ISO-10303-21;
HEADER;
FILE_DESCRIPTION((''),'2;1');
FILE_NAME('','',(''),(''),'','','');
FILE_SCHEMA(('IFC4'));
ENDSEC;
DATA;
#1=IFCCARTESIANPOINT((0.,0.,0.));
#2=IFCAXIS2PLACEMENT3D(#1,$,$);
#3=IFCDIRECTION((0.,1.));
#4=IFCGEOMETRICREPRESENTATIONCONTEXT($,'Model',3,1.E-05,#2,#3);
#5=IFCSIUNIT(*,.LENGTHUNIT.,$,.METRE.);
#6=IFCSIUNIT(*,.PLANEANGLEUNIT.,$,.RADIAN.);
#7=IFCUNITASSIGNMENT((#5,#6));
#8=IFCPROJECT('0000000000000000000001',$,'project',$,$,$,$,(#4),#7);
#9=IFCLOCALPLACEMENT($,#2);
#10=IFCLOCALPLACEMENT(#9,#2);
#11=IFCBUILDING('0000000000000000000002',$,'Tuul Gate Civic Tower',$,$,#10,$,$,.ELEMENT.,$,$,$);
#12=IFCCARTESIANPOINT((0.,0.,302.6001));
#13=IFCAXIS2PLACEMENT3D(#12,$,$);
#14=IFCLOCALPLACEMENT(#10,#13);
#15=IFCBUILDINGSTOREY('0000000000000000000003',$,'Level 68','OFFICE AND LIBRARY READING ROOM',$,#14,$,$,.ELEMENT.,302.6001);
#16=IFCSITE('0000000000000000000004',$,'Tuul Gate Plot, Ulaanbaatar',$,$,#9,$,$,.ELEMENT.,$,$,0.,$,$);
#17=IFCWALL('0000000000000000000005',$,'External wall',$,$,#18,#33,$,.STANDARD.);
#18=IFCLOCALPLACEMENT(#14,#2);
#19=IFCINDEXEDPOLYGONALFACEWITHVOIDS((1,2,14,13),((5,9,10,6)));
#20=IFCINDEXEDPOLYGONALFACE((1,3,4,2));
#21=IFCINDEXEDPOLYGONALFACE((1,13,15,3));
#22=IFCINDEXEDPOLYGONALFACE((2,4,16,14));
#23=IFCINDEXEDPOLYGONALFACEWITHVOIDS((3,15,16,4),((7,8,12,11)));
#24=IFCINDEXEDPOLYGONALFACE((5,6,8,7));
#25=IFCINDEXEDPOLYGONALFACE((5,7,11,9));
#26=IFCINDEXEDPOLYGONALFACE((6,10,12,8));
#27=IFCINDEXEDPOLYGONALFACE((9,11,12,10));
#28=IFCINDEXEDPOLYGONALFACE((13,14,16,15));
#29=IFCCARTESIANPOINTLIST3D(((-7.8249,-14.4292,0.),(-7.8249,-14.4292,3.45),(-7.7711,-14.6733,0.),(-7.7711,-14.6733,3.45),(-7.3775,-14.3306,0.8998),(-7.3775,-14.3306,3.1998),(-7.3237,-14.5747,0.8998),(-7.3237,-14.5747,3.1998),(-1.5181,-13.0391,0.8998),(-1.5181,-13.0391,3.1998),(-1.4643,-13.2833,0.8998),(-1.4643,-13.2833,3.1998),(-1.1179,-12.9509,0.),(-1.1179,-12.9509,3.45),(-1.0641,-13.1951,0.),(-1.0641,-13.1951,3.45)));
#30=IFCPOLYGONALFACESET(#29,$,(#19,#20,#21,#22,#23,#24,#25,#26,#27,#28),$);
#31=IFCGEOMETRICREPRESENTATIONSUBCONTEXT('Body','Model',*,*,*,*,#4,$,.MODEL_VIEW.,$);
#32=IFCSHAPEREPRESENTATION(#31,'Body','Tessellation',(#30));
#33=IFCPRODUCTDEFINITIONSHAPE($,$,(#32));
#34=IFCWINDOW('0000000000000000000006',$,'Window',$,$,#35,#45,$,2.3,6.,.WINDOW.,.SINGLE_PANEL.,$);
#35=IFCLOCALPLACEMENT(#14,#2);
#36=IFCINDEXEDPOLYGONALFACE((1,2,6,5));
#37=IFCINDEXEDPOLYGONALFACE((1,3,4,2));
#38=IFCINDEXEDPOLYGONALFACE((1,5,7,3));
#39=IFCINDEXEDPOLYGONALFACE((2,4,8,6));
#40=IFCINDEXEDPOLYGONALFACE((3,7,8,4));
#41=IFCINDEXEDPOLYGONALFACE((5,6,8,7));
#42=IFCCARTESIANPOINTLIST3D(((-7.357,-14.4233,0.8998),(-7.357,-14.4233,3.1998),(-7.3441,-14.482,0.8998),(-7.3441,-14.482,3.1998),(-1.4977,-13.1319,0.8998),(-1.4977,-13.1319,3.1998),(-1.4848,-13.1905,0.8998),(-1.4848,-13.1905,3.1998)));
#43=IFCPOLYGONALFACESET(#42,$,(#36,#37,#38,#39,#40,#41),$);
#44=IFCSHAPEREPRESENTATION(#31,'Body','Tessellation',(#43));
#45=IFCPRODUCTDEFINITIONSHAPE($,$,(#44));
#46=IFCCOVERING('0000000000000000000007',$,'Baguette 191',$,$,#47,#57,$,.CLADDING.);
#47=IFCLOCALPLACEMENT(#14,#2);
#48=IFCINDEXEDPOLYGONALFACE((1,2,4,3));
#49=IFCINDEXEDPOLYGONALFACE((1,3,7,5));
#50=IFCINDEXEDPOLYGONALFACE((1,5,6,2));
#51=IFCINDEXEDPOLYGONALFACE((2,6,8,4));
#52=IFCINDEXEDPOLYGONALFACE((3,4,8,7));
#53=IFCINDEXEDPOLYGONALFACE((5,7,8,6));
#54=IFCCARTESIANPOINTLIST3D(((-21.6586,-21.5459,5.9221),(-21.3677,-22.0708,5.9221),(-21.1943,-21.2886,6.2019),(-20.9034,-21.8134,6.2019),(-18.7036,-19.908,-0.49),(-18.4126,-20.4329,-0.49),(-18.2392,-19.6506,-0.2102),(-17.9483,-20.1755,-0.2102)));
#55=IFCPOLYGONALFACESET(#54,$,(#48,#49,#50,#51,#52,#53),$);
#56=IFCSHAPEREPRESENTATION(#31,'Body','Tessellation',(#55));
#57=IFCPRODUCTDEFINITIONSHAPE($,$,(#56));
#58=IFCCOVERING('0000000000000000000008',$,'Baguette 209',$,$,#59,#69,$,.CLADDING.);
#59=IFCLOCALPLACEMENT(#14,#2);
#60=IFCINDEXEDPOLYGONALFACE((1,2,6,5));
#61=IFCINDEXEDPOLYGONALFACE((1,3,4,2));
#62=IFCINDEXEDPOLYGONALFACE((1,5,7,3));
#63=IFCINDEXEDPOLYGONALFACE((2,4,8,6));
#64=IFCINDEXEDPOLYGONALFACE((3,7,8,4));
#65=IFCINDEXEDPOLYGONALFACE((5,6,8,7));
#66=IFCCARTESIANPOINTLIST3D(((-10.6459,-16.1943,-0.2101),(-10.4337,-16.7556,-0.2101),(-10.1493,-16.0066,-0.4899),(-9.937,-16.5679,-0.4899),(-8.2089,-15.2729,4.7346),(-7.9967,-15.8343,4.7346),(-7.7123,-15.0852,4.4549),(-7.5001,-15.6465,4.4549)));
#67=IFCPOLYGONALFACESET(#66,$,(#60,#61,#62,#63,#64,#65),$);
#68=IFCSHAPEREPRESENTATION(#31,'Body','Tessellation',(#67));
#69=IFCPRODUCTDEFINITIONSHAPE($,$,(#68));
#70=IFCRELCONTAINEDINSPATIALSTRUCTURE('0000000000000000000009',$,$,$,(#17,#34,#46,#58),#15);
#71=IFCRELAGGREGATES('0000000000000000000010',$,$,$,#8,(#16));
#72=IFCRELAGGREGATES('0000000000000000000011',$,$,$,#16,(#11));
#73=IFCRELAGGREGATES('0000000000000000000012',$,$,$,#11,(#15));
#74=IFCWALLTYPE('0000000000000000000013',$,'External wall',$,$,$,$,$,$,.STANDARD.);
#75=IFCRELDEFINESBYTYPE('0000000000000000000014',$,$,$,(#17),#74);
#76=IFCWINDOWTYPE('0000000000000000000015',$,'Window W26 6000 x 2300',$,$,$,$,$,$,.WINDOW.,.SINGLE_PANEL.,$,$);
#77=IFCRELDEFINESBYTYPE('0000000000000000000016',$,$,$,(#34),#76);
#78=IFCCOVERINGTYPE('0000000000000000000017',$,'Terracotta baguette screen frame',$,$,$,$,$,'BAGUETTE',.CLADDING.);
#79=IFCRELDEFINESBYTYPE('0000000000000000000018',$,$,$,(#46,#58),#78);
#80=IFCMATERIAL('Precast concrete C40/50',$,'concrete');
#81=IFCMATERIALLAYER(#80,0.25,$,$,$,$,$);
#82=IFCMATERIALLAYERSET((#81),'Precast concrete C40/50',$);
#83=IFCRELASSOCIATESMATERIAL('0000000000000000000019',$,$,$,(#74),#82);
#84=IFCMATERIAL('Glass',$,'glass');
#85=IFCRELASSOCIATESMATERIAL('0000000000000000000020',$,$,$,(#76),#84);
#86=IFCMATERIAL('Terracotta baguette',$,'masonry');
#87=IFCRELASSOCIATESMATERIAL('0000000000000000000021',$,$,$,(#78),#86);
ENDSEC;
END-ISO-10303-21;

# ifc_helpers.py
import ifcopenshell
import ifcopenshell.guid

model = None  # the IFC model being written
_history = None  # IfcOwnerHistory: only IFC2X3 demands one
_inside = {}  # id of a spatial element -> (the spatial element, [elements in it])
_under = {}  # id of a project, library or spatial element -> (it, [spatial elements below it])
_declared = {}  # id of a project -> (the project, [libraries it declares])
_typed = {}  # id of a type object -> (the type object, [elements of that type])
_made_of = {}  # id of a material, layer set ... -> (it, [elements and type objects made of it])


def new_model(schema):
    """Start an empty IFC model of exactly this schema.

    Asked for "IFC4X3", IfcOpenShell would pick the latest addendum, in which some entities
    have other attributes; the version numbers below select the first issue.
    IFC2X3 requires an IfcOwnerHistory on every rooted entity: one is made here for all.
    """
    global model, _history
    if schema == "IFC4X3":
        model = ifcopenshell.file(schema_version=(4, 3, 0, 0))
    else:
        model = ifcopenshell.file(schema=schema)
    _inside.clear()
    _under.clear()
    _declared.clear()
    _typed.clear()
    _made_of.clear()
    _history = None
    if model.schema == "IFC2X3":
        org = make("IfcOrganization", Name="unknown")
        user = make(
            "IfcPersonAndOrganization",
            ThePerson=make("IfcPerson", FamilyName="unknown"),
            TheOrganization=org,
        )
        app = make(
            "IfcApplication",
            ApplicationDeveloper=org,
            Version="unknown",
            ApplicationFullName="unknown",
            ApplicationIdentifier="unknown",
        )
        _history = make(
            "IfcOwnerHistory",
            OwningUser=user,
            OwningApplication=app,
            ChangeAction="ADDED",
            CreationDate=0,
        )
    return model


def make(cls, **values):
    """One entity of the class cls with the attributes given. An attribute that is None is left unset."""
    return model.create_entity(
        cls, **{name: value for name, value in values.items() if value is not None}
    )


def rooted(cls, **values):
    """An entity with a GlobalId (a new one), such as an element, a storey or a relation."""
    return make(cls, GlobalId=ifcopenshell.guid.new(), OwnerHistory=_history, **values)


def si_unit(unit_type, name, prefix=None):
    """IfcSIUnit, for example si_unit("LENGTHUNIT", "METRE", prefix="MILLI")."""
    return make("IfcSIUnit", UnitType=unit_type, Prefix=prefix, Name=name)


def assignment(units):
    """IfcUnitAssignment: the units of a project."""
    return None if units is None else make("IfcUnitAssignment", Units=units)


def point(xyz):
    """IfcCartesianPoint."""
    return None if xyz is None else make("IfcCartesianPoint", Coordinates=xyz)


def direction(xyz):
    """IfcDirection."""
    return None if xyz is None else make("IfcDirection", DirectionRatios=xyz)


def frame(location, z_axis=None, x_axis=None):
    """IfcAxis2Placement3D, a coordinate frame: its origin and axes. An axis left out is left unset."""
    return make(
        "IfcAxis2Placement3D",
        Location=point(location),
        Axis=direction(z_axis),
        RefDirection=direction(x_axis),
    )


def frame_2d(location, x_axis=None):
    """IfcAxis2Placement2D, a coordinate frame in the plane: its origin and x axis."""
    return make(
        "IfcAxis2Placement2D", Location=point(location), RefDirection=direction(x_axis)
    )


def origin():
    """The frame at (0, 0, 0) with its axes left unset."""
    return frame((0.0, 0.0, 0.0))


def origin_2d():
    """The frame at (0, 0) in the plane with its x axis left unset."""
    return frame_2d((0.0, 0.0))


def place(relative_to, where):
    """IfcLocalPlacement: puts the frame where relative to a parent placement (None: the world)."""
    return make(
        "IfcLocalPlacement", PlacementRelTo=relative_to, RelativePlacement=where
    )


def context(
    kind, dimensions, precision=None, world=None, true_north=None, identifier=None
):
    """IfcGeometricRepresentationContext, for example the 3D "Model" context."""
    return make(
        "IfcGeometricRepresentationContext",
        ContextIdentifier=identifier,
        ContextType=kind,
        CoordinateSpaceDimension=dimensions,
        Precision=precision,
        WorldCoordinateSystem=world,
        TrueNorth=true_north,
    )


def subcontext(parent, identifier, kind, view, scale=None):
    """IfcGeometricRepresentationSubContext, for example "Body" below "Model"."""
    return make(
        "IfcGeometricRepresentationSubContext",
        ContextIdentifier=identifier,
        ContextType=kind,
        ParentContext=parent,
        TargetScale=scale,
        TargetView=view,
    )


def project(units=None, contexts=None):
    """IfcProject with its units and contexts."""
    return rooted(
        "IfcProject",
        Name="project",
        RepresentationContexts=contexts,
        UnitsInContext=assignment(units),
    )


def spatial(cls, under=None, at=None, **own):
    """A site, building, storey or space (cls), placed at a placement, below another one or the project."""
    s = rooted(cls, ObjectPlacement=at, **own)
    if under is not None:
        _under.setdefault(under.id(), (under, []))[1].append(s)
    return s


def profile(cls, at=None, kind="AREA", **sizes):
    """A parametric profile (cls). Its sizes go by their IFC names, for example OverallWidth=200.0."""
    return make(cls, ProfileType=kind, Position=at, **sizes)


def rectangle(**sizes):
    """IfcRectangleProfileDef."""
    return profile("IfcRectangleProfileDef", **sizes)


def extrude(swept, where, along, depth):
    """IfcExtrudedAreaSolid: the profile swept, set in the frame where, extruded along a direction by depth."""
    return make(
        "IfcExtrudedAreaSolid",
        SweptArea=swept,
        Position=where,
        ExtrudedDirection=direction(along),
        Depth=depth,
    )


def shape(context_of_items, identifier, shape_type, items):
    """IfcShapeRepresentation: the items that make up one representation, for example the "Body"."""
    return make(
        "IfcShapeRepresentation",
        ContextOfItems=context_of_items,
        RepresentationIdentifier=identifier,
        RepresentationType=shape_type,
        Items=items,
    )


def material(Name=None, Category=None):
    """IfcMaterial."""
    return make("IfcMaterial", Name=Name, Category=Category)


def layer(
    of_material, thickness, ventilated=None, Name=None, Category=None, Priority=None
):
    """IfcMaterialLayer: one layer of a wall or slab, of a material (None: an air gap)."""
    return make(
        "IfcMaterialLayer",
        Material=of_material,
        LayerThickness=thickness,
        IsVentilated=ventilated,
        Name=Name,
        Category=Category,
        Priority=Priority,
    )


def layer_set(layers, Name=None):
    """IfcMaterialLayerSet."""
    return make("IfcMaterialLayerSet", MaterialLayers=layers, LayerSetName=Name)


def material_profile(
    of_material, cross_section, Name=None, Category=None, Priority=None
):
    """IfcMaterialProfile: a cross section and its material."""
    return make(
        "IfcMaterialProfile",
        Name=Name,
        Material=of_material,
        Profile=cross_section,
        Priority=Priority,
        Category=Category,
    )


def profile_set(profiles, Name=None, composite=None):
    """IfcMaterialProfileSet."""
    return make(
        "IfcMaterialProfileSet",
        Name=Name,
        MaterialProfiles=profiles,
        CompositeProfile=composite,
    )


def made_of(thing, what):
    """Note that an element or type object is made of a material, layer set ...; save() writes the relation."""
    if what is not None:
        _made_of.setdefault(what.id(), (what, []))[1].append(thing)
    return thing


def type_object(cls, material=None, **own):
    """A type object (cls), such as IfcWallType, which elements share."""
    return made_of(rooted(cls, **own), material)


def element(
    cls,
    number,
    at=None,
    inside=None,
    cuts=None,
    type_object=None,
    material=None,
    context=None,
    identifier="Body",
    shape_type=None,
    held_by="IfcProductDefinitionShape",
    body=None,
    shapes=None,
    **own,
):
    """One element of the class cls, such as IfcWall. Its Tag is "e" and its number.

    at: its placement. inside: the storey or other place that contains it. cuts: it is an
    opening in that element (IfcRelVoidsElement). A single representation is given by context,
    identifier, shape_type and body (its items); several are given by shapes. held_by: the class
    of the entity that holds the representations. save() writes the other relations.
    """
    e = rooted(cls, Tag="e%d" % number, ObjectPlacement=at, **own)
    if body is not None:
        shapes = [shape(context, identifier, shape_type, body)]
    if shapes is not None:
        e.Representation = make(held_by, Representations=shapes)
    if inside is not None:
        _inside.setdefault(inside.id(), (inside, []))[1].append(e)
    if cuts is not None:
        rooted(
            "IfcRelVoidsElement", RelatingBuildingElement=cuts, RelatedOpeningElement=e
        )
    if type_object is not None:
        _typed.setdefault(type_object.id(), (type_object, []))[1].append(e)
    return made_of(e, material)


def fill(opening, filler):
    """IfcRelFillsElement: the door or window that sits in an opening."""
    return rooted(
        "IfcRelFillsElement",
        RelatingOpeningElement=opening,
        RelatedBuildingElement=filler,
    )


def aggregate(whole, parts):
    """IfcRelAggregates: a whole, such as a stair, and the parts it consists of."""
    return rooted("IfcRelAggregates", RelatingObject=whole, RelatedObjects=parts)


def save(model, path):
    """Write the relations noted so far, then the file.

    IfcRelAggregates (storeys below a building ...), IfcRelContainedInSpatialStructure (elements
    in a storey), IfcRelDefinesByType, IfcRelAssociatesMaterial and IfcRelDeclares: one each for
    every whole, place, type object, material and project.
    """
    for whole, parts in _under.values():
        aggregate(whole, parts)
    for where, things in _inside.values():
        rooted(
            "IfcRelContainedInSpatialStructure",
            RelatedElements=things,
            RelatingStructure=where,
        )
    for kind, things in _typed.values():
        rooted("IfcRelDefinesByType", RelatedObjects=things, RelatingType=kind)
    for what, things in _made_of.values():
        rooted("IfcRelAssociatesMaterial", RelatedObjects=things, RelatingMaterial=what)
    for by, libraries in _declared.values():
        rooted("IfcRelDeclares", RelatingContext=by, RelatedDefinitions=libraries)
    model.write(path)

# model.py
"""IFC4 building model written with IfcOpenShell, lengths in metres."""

from ifc_helpers import new_model, si_unit, direction, frame, frame_2d, origin, origin_2d, place, context, subcontext, project, spatial, rectangle, extrude, material, layer, layer_set, material_profile, profile_set, type_object, element, fill, save


model = new_model("IFC4")

# Units and contexts
model_context = context("Model", 3, precision=1e-05, world=origin(), true_north=direction((0.0, 1.0)))
body_context = subcontext(model_context, "Body", "Model", "MODEL_VIEW")
ifc_project = project(units=[si_unit("LENGTHUNIT", "METRE"), si_unit("PLANEANGLEUNIT", "RADIAN")], contexts=[model_context])

# Site, building, storey
site_placement = place(None, origin())
site = spatial("IfcSite", under=ifc_project, at=site_placement, Name="Tuul Gate Plot, Ulaanbaatar", CompositionType="ELEMENT", RefElevation=0.0)
building_placement = place(site_placement, origin())
building = spatial("IfcBuilding", under=site, at=building_placement, Name="Tuul Gate Civic Tower", CompositionType="ELEMENT")
storey_placement = place(building_placement, frame((0.0, 0.0, 302.6001)))
storey = spatial("IfcBuildingStorey", under=building, at=storey_placement, Name="Level 68", Description="OFFICE AND LIBRARY READING ROOM", CompositionType="ELEMENT", Elevation=302.6001)

# Wall, opening, window
ifc_material_1 = material(Name="Precast concrete C40/50", Category="concrete")
ifc_layer_1 = layer(ifc_material_1, 0.25)
ifc_layer_set_1 = layer_set([ifc_layer_1], Name="Precast concrete C40/50")
wall_type_1 = type_object("IfcWallType", Name="External wall", PredefinedType="STANDARD", material=ifc_layer_set_1)
ifc_material_2 = material(Name="Glass", Category="glass")
window_type = type_object("IfcWindowType", Name="Window W26 6000 x 2300", PartitioningType="SINGLE_PANEL", PredefinedType="WINDOW", material=ifc_material_2)
wall_1_placement = place(storey_placement, frame((-7.7981, -14.5513, 0.0), z_axis=(0.0, 0.0, 1.0), x_axis=(0.976561, 0.21524, 0.0)))
wall_1 = element("IfcWall", 1, at=wall_1_placement, inside=storey, type_object=wall_type_1, Name="External wall", PredefinedType="STANDARD", context=body_context, shape_type="SweptSolid", body=[
    extrude(rectangle(XDim=6.8679, YDim=0.25, at=frame_2d((3.4341, 0.0))), origin(), (0.0, 0.0, 1.0), 3.45),
])
opening_1_placement = place(wall_1_placement, frame((0.4583, 0.0, 0.8999)))
opening_1 = element("IfcOpeningElement", 2, at=opening_1_placement, cuts=wall_1, PredefinedType="OPENING", context=body_context, shape_type="SweptSolid", body=[
    extrude(rectangle(XDim=6.0, YDim=2.3, at=frame_2d((3.0, 1.1499))), frame((0.0, 0.135, 0.0), z_axis=(0.0, -1.0, 0.0), x_axis=(1.0, 0.0, 0.0)), (0.0, 0.0, 1.0), 0.27),
])
window_1_placement = place(opening_1_placement, origin())
window_1 = element("IfcWindow", 3, at=window_1_placement, inside=storey, type_object=window_type, Name="Window", OverallHeight=2.3, OverallWidth=6.0, PartitioningType="SINGLE_PANEL", PredefinedType="WINDOW", context=body_context, shape_type="SweptSolid", body=[
    extrude(rectangle(XDim=6.0, YDim=2.3, at=frame_2d((3.0, 1.1499))), frame((0.0, 0.03, 0.0), z_axis=(0.0, -1.0, 0.0), x_axis=(1.0, 0.0, 0.0)), (0.0, 0.0, 1.0), 0.0601),
])
fill(opening_1, window_1)

# Coverings
ifc_material_3 = material(Name="Terracotta baguette", Category="masonry")
ifc_material_profile_1 = material_profile(ifc_material_3, rectangle(XDim=0.6001, YDim=0.6001, at=origin_2d()), Name="Terracotta baguette screen frame")
ifc_profile_set_1 = profile_set([ifc_material_profile_1], Name="Terracotta baguette")
covering_type = type_object("IfcCoveringType", Name="Terracotta baguette screen frame", ElementType="BAGUETTE", PredefinedType="CLADDING", material=ifc_profile_set_1)
covering_1_placement = place(storey_placement, frame((-21.281, -21.6797, 6.062), z_axis=(0.407721, 0.225992, -0.884698), x_axis=(-0.48479, 0.874631, 0.0)))
element("IfcCovering", 4, at=covering_1_placement, inside=storey, type_object=covering_type, Name="Baguette 191", PredefinedType="CLADDING", context=body_context, shape_type="SweptSolid", body=[
    extrude(rectangle(XDim=0.6001, YDim=0.6001, at=origin_2d()), origin(), (0.0, 0.0, 1.0), 7.2478),
])
covering_2_placement = place(storey_placement, frame((-7.8545, -15.4597, 4.5947), z_axis=(-0.436021, -0.164851, -0.884709), x_axis=(0.353648, -0.935378, 0.0)))
element("IfcCovering", 5, at=covering_2_placement, inside=storey, type_object=covering_type, Name="Baguette 209", PredefinedType="CLADDING", context=body_context, shape_type="SweptSolid", body=[
    extrude(rectangle(XDim=0.6001, YDim=0.6001, at=origin_2d()), origin(), (0.0, 0.0, 1.0), 5.5891),
])

save(model, "model.ifc")
